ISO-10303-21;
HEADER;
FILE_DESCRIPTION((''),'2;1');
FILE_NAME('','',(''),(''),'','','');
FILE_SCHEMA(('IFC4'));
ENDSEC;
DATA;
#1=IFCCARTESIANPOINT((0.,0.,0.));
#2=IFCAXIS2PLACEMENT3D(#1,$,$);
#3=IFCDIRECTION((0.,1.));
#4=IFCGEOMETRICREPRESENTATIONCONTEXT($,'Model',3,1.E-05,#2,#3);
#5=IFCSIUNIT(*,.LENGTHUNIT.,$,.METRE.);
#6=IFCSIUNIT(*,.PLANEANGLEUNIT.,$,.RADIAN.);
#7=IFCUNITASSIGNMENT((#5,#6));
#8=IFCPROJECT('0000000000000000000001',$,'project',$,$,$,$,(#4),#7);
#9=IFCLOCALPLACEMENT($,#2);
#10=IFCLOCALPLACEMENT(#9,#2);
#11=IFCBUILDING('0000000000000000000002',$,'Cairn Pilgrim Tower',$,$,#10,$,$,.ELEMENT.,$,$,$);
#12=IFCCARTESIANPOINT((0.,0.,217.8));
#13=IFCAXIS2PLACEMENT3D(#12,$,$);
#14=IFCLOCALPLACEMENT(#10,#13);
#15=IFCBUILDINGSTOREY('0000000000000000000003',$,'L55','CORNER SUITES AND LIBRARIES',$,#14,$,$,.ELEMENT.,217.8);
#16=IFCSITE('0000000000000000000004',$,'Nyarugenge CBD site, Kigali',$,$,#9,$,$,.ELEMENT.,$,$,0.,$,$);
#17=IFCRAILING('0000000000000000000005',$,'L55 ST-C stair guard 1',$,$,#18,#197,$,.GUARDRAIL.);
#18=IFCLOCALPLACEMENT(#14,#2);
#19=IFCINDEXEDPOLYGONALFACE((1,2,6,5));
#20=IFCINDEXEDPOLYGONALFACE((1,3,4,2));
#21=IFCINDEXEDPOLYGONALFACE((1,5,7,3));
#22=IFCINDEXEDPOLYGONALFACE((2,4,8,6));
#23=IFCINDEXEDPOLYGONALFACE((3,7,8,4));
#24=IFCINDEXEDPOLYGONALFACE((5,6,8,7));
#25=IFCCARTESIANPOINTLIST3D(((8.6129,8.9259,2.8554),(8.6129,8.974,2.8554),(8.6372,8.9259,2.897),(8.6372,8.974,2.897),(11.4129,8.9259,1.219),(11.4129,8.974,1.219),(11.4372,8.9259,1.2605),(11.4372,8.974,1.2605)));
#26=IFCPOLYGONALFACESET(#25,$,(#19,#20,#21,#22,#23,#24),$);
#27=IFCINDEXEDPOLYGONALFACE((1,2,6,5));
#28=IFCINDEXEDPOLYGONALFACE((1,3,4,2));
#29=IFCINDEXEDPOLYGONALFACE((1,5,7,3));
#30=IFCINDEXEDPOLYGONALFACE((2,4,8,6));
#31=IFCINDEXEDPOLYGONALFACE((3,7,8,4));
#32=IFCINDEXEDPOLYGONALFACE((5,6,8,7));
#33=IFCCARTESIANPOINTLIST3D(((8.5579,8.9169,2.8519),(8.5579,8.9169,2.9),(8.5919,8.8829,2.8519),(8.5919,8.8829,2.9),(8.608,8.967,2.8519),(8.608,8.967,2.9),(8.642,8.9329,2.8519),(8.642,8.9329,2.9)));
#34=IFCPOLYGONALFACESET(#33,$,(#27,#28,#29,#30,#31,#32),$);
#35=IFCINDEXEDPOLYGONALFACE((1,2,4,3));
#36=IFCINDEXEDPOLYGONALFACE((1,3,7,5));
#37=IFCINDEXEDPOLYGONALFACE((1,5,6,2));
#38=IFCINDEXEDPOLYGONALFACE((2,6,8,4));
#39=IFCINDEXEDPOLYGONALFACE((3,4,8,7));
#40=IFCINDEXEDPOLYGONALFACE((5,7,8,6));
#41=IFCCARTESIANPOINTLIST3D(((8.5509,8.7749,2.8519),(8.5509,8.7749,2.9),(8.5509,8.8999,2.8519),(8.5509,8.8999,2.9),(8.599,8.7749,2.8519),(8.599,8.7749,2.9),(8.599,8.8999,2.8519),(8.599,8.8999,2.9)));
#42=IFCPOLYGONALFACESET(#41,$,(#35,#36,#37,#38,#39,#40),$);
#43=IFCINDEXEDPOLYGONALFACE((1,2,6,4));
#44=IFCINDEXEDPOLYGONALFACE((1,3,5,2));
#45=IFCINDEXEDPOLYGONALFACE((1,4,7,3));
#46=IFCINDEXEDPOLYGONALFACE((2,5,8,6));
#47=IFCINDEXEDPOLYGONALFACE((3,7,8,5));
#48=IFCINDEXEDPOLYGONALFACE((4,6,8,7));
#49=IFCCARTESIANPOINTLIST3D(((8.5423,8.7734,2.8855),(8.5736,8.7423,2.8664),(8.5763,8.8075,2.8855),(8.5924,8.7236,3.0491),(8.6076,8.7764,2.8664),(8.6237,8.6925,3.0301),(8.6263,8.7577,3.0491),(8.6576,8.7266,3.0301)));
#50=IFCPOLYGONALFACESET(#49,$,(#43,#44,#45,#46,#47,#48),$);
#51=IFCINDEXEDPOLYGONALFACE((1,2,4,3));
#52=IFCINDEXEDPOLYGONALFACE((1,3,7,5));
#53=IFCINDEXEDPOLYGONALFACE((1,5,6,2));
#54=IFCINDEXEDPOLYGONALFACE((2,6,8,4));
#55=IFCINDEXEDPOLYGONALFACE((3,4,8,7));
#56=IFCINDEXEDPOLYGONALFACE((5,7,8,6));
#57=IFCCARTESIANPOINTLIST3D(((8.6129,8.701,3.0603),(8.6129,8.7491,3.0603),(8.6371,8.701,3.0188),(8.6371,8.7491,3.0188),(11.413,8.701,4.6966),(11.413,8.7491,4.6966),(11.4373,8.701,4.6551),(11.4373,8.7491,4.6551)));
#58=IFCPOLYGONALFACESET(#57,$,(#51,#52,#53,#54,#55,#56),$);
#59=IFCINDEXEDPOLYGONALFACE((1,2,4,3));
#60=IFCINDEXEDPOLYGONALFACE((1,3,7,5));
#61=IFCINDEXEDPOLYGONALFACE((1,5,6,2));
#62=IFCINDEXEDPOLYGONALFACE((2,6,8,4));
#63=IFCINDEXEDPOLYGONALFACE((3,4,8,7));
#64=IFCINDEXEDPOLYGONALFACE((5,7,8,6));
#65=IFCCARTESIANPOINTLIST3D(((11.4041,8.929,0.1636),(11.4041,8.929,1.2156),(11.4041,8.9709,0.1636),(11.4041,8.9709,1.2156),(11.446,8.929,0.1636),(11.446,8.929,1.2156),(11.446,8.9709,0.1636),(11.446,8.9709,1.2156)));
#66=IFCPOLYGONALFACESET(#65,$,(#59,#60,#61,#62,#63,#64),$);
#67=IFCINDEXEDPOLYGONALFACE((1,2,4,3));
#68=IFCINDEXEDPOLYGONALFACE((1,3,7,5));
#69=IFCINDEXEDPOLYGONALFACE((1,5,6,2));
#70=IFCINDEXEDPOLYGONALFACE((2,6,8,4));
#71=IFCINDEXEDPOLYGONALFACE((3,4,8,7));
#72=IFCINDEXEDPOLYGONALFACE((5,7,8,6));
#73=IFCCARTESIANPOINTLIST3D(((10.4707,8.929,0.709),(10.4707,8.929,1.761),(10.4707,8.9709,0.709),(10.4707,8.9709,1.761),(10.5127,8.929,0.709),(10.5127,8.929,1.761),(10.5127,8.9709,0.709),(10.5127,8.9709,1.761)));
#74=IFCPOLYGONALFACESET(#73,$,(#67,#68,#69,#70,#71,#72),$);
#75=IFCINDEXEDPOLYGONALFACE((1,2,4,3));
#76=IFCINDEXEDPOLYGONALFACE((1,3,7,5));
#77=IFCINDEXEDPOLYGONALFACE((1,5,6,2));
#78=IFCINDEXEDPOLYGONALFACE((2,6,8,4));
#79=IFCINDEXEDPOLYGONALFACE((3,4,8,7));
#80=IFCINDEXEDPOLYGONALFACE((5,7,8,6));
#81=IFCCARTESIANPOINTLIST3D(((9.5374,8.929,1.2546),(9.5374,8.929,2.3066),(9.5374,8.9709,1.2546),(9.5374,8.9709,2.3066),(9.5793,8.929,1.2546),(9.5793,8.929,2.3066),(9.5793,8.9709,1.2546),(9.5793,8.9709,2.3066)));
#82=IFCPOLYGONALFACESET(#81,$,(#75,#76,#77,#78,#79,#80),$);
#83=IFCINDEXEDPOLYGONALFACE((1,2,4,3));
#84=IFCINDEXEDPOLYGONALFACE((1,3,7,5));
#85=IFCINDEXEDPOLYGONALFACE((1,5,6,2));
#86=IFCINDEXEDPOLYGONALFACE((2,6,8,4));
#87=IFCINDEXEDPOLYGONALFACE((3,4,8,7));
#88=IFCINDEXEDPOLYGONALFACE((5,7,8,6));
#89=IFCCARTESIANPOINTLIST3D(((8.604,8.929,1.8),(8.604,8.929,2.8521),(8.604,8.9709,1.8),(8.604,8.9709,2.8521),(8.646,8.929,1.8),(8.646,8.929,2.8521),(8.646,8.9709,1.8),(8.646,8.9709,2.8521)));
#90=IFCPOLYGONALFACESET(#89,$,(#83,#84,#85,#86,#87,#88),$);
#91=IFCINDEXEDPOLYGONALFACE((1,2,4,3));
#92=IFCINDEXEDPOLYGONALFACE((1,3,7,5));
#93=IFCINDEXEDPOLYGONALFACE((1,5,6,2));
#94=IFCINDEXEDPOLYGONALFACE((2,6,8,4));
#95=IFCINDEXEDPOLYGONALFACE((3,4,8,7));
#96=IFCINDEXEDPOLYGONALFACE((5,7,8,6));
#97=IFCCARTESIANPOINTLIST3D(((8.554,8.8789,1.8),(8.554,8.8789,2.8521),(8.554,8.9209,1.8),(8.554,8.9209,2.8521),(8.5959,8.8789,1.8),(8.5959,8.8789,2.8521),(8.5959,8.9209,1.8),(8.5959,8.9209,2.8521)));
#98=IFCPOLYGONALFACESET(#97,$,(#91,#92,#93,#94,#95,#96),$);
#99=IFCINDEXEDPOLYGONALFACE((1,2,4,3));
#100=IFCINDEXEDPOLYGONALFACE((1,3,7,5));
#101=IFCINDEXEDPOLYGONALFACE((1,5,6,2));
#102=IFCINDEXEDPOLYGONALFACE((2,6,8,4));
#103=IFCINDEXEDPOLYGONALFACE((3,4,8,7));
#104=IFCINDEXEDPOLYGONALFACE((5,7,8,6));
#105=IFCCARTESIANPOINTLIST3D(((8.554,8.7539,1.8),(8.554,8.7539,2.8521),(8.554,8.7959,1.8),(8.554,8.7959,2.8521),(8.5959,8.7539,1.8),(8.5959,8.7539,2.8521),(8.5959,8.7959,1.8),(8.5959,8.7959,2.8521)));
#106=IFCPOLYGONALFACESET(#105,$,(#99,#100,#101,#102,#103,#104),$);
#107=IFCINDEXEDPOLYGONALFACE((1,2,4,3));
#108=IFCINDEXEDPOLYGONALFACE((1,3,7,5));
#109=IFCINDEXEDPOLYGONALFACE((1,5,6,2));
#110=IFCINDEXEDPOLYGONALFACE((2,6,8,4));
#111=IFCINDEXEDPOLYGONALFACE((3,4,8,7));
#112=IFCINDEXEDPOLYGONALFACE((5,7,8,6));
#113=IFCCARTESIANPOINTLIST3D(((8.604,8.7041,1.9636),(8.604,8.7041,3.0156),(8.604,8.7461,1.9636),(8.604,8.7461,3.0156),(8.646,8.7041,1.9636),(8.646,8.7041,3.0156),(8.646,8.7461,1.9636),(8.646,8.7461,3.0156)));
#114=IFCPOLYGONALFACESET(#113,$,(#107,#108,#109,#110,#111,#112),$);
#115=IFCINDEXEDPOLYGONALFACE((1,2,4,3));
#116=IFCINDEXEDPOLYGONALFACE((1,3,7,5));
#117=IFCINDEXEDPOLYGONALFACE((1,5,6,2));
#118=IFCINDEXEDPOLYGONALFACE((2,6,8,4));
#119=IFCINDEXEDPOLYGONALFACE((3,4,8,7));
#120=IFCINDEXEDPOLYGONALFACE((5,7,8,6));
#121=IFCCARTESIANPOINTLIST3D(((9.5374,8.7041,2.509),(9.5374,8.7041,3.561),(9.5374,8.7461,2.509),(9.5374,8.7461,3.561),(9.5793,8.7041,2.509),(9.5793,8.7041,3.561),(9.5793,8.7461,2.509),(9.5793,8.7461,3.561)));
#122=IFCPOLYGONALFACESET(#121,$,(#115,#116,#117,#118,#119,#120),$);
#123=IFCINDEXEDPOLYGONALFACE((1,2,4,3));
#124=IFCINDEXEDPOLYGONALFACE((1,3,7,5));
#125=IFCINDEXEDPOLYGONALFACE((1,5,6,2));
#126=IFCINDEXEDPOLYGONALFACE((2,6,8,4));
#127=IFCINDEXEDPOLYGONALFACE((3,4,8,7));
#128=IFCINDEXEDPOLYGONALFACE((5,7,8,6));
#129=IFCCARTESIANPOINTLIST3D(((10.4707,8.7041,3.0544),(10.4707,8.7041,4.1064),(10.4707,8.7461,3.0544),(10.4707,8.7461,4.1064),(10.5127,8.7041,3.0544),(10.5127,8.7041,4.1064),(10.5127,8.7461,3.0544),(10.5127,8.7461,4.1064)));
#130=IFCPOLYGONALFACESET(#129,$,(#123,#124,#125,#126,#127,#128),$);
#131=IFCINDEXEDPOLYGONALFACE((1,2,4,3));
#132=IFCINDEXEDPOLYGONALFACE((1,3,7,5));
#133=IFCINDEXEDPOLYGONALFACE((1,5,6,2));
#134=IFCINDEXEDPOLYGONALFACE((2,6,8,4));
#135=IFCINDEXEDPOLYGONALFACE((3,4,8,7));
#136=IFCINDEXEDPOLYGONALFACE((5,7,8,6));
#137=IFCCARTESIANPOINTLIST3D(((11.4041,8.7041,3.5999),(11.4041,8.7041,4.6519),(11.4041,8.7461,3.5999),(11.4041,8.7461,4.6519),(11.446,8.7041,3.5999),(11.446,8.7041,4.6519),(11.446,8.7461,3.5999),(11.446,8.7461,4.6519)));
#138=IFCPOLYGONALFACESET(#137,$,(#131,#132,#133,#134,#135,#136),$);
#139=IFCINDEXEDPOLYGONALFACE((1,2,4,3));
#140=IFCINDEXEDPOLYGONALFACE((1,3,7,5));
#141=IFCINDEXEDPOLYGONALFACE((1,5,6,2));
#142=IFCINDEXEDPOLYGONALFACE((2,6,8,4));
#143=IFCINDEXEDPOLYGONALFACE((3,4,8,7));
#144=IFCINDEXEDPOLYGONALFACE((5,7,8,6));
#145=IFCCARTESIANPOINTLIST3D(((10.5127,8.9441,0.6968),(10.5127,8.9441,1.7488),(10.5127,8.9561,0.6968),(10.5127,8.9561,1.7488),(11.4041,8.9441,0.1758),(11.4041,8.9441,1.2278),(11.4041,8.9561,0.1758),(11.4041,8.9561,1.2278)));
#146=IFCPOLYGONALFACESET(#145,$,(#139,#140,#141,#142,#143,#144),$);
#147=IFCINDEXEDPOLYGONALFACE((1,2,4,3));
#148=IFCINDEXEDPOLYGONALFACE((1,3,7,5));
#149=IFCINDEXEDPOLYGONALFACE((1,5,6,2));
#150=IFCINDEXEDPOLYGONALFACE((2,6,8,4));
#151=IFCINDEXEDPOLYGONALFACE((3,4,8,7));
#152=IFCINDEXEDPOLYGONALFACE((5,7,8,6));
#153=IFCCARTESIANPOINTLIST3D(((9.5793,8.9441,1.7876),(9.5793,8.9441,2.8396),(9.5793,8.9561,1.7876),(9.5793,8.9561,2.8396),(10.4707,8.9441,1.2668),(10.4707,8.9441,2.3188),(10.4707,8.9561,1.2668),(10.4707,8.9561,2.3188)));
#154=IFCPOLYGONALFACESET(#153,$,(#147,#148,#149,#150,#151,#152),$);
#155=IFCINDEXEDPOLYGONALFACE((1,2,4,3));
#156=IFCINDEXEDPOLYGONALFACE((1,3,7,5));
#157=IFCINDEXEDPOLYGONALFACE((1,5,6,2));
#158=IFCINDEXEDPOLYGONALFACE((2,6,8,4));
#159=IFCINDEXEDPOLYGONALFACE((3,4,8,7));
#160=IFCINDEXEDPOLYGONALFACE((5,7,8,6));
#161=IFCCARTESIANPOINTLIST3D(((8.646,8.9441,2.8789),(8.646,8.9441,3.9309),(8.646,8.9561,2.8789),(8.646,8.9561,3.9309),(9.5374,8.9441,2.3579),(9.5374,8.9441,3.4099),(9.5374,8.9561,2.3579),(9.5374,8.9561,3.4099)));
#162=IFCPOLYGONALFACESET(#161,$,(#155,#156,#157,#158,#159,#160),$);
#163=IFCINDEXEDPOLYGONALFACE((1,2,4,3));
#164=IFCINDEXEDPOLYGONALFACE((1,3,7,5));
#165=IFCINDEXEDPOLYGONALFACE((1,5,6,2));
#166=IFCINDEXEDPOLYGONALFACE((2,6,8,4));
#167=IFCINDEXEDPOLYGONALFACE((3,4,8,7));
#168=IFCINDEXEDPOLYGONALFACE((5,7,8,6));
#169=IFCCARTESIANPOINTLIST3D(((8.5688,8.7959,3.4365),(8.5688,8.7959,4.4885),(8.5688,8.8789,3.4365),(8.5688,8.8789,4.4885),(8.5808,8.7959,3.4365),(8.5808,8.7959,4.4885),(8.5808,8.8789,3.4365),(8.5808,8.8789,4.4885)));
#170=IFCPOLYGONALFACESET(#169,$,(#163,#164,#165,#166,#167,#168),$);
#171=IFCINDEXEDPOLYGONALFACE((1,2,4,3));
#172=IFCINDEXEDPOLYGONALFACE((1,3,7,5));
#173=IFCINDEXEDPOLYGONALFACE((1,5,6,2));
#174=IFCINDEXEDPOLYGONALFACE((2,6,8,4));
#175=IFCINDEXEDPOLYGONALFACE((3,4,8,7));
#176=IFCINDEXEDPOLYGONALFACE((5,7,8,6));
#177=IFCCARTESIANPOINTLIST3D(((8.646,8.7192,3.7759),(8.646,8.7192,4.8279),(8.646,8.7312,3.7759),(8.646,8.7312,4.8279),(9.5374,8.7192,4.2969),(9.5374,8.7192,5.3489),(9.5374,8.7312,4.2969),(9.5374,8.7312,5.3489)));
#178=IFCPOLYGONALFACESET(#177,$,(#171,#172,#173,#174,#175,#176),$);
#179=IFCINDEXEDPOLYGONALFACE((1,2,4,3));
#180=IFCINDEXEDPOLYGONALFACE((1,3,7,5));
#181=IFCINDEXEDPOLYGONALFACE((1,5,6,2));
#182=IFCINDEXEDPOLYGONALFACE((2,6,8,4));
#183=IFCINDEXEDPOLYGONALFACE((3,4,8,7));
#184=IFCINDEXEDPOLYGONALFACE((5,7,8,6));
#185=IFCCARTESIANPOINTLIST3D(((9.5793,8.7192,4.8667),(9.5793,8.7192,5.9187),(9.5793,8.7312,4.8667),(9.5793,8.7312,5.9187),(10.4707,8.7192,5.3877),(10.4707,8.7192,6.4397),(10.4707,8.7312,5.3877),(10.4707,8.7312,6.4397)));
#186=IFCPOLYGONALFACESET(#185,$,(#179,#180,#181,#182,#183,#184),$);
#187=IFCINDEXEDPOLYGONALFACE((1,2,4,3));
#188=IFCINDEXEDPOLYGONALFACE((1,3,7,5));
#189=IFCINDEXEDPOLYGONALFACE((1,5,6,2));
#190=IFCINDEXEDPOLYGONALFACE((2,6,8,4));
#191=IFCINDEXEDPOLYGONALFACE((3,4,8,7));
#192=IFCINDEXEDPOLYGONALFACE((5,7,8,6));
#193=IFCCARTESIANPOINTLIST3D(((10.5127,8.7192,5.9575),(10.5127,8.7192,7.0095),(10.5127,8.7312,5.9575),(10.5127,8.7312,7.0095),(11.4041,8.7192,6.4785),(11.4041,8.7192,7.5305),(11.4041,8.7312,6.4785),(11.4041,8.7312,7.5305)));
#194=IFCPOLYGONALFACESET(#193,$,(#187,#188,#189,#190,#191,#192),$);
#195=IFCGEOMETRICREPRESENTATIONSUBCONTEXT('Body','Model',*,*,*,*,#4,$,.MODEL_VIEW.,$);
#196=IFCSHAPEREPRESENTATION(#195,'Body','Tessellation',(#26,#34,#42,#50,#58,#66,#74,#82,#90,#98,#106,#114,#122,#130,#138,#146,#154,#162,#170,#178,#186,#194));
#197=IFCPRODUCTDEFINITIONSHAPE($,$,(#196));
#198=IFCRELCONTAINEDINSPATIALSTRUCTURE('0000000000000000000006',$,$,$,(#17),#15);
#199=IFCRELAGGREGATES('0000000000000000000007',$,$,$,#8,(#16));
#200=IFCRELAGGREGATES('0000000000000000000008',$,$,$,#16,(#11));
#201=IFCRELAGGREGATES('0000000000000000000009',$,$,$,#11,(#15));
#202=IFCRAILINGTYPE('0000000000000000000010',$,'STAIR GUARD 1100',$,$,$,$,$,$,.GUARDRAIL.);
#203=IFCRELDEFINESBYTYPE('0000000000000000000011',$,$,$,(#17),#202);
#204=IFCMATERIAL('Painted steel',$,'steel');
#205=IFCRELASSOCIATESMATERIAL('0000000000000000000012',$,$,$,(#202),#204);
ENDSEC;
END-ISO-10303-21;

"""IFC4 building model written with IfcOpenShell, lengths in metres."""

from ifc_helpers import new_model, si_unit, direction, frame, origin, origin_2d, place, context, subcontext, project, spatial, polyline, rectangle, outline, extrude, material, type_object, element, save


model = new_model("IFC4")

# Units and contexts
model_context = context("Model", 3, precision=1e-05, world=origin(), true_north=direction((0.0, 1.0)))
body_context = subcontext(model_context, "Body", "Model", "MODEL_VIEW")
ifc_project = project(units=[si_unit("LENGTHUNIT", "METRE"), si_unit("PLANEANGLEUNIT", "RADIAN")], contexts=[model_context])

# Site, building, storey
site_placement = place(None, origin())
site = spatial("IfcSite", under=ifc_project, at=site_placement, Name="Nyarugenge CBD site, Kigali", CompositionType="ELEMENT", RefElevation=0.0)
building_placement = place(site_placement, origin())
building = spatial("IfcBuilding", under=site, at=building_placement, Name="Cairn Pilgrim Tower", CompositionType="ELEMENT")
storey_placement = place(building_placement, frame((0.0, 0.0, 217.8)))
storey = spatial("IfcBuildingStorey", under=building, at=storey_placement, Name="L55", Description="CORNER SUITES AND LIBRARIES", CompositionType="ELEMENT", Elevation=217.8)

# Shared definitions
ifc_material_1 = material(Name="Painted steel", Category="steel")

# Railing
railing_type_1 = type_object("IfcRailingType", Name="STAIR GUARD 1100", PredefinedType="GUARDRAIL", material=ifc_material_1)
railing_1_placement = place(storey_placement, frame((11.425, 8.95, 0.1636)))
element("IfcRailing", 1, at=railing_1_placement, inside=storey, type_object=railing_type_1, Name="L55 ST-C stair guard 1", PredefinedType="GUARDRAIL", context=body_context, shape_type="SweptSolid", body=[
    extrude(rectangle(XDim=0.0481, YDim=0.0481, at=origin_2d()), frame((0.0, 0.0, 1.0762), z_axis=(-0.863361, 0.0, 0.504587), x_axis=(0.0, -1.0, 0.0)), (0.0, 0.0, 1.0), 3.2432),
    extrude(rectangle(XDim=0.0481, YDim=0.0481, at=origin_2d()), frame((-2.8, 0.0, 2.7124), z_axis=(-0.707107, -0.707107, 0.0), x_axis=(0.707107, -0.707107, 0.0)), (0.0, 0.0, 1.0), 0.0708),
    extrude(rectangle(XDim=0.0481, YDim=0.0481, at=origin_2d()), frame((-2.8501, -0.05, 2.7124), z_axis=(0.0, -1.0, 0.0), x_axis=(1.0, 0.0, 0.0)), (0.0, 0.0, 1.0), 0.125),
    extrude(rectangle(XDim=0.0481, YDim=0.0481, at=origin_2d()), frame((-2.8501, -0.175, 2.7124), z_axis=(0.280917, -0.279546, 0.918118), x_axis=(0.705376, 0.708834, 0.0)), (0.0, 0.0, 1.0), 0.1782),
    extrude(rectangle(XDim=0.0481, YDim=0.0481, at=origin_2d()), frame((-2.8, -0.2249, 2.876), z_axis=(0.863394, 0.0, 0.504531), x_axis=(0.0, 1.0, 0.0)), (0.0, 0.0, 1.0), 3.2432),
    extrude(rectangle(XDim=0.042, YDim=0.042, at=origin_2d()), origin(), (0.0, 0.0, 1.0), 1.052),
    extrude(rectangle(XDim=0.042, YDim=0.042, at=origin_2d()), frame((-0.9333, 0.0, 0.5454)), (0.0, 0.0, 1.0), 1.052),
    extrude(rectangle(XDim=0.042, YDim=0.042, at=origin_2d()), frame((-1.8667, 0.0, 1.0911)), (0.0, 0.0, 1.0), 1.052),
    extrude(rectangle(XDim=0.042, YDim=0.042, at=origin_2d()), frame((-2.8, 0.0, 1.6365)), (0.0, 0.0, 1.0), 1.052),
    extrude(rectangle(XDim=0.042, YDim=0.042, at=origin_2d()), frame((-2.8501, -0.05, 1.6365)), (0.0, 0.0, 1.0), 1.052),
    extrude(rectangle(XDim=0.042, YDim=0.042, at=origin_2d()), frame((-2.8501, -0.175, 1.6365)), (0.0, 0.0, 1.0), 1.052),
    extrude(rectangle(XDim=0.042, YDim=0.042, at=origin_2d()), frame((-2.8, -0.2249, 1.8)), (0.0, 0.0, 1.0), 1.052),
    extrude(rectangle(XDim=0.042, YDim=0.042, at=origin_2d()), frame((-1.8667, -0.2249, 2.3455)), (0.0, 0.0, 1.0), 1.052),
    extrude(rectangle(XDim=0.042, YDim=0.042, at=origin_2d()), frame((-0.9333, -0.2249, 2.8909)), (0.0, 0.0, 1.0), 1.052),
    extrude(rectangle(XDim=0.042, YDim=0.042, at=origin_2d()), frame((0.0, -0.2249, 3.4363)), (0.0, 0.0, 1.0), 1.052),
    extrude(outline(polyline([(0.021, 0.0122), (0.9124, 0.5332), (0.9124, 1.5852), (0.021, 1.0642), (0.021, 0.0122)])), frame((0.0, -0.0059, 0.0), z_axis=(0.0, 1.0, 0.0), x_axis=(-1.0, 0.0, 0.0)), (0.0, 0.0, 1.0), 0.012),
    extrude(outline(polyline([(0.021, 0.5579), (0.9124, 1.0786), (0.9124, 2.1306), (0.021, 1.6099), (0.021, 0.5579)])), frame((-0.9333, -0.0059, 0.5454), z_axis=(0.0, 1.0, 0.0), x_axis=(-1.0, 0.0, 0.0)), (0.0, 0.0, 1.0), 0.012),
    extrude(outline(polyline([(0.021, 1.1033), (0.9124, 1.6243), (0.9124, 2.6763), (0.021, 2.1553), (0.021, 1.1033)])), frame((-1.8667, -0.0059, 1.0911), z_axis=(0.0, 1.0, 0.0), x_axis=(-1.0, 0.0, 0.0)), (0.0, 0.0, 1.0), 0.012),
    extrude(outline(polyline([(0.021, 1.6365), (0.104, 1.6365), (0.104, 2.6885), (0.021, 2.6885), (0.021, 1.6365)])), frame((-2.8442, -0.05, 1.6365), z_axis=(-1.0, 0.0, 0.0), x_axis=(0.0, -1.0, 0.0)), (0.0, 0.0, 1.0), 0.012),
    extrude(outline(polyline([(0.021, 1.8123), (0.9124, 2.3333), (0.9124, 3.3853), (0.021, 2.8643), (0.021, 1.8123)])), frame((-2.8, -0.2188, 1.8), z_axis=(0.0, -1.0, 0.0), x_axis=(1.0, 0.0, 0.0)), (0.0, 0.0, 1.0), 0.012),
    extrude(outline(polyline([(0.021, 2.3577), (0.9124, 2.8787), (0.9124, 3.9307), (0.021, 3.4097), (0.021, 2.3577)])), frame((-1.8667, -0.2188, 2.3455), z_axis=(0.0, -1.0, 0.0), x_axis=(1.0, 0.0, 0.0)), (0.0, 0.0, 1.0), 0.012),
    extrude(outline(polyline([(0.021, 2.9031), (0.9124, 3.4241), (0.9124, 4.4761), (0.021, 3.9551), (0.021, 2.9031)])), frame((-0.9333, -0.2188, 2.8909), z_axis=(0.0, -1.0, 0.0), x_axis=(1.0, 0.0, 0.0)), (0.0, 0.0, 1.0), 0.012),
])

save(model, "model.ifc")
